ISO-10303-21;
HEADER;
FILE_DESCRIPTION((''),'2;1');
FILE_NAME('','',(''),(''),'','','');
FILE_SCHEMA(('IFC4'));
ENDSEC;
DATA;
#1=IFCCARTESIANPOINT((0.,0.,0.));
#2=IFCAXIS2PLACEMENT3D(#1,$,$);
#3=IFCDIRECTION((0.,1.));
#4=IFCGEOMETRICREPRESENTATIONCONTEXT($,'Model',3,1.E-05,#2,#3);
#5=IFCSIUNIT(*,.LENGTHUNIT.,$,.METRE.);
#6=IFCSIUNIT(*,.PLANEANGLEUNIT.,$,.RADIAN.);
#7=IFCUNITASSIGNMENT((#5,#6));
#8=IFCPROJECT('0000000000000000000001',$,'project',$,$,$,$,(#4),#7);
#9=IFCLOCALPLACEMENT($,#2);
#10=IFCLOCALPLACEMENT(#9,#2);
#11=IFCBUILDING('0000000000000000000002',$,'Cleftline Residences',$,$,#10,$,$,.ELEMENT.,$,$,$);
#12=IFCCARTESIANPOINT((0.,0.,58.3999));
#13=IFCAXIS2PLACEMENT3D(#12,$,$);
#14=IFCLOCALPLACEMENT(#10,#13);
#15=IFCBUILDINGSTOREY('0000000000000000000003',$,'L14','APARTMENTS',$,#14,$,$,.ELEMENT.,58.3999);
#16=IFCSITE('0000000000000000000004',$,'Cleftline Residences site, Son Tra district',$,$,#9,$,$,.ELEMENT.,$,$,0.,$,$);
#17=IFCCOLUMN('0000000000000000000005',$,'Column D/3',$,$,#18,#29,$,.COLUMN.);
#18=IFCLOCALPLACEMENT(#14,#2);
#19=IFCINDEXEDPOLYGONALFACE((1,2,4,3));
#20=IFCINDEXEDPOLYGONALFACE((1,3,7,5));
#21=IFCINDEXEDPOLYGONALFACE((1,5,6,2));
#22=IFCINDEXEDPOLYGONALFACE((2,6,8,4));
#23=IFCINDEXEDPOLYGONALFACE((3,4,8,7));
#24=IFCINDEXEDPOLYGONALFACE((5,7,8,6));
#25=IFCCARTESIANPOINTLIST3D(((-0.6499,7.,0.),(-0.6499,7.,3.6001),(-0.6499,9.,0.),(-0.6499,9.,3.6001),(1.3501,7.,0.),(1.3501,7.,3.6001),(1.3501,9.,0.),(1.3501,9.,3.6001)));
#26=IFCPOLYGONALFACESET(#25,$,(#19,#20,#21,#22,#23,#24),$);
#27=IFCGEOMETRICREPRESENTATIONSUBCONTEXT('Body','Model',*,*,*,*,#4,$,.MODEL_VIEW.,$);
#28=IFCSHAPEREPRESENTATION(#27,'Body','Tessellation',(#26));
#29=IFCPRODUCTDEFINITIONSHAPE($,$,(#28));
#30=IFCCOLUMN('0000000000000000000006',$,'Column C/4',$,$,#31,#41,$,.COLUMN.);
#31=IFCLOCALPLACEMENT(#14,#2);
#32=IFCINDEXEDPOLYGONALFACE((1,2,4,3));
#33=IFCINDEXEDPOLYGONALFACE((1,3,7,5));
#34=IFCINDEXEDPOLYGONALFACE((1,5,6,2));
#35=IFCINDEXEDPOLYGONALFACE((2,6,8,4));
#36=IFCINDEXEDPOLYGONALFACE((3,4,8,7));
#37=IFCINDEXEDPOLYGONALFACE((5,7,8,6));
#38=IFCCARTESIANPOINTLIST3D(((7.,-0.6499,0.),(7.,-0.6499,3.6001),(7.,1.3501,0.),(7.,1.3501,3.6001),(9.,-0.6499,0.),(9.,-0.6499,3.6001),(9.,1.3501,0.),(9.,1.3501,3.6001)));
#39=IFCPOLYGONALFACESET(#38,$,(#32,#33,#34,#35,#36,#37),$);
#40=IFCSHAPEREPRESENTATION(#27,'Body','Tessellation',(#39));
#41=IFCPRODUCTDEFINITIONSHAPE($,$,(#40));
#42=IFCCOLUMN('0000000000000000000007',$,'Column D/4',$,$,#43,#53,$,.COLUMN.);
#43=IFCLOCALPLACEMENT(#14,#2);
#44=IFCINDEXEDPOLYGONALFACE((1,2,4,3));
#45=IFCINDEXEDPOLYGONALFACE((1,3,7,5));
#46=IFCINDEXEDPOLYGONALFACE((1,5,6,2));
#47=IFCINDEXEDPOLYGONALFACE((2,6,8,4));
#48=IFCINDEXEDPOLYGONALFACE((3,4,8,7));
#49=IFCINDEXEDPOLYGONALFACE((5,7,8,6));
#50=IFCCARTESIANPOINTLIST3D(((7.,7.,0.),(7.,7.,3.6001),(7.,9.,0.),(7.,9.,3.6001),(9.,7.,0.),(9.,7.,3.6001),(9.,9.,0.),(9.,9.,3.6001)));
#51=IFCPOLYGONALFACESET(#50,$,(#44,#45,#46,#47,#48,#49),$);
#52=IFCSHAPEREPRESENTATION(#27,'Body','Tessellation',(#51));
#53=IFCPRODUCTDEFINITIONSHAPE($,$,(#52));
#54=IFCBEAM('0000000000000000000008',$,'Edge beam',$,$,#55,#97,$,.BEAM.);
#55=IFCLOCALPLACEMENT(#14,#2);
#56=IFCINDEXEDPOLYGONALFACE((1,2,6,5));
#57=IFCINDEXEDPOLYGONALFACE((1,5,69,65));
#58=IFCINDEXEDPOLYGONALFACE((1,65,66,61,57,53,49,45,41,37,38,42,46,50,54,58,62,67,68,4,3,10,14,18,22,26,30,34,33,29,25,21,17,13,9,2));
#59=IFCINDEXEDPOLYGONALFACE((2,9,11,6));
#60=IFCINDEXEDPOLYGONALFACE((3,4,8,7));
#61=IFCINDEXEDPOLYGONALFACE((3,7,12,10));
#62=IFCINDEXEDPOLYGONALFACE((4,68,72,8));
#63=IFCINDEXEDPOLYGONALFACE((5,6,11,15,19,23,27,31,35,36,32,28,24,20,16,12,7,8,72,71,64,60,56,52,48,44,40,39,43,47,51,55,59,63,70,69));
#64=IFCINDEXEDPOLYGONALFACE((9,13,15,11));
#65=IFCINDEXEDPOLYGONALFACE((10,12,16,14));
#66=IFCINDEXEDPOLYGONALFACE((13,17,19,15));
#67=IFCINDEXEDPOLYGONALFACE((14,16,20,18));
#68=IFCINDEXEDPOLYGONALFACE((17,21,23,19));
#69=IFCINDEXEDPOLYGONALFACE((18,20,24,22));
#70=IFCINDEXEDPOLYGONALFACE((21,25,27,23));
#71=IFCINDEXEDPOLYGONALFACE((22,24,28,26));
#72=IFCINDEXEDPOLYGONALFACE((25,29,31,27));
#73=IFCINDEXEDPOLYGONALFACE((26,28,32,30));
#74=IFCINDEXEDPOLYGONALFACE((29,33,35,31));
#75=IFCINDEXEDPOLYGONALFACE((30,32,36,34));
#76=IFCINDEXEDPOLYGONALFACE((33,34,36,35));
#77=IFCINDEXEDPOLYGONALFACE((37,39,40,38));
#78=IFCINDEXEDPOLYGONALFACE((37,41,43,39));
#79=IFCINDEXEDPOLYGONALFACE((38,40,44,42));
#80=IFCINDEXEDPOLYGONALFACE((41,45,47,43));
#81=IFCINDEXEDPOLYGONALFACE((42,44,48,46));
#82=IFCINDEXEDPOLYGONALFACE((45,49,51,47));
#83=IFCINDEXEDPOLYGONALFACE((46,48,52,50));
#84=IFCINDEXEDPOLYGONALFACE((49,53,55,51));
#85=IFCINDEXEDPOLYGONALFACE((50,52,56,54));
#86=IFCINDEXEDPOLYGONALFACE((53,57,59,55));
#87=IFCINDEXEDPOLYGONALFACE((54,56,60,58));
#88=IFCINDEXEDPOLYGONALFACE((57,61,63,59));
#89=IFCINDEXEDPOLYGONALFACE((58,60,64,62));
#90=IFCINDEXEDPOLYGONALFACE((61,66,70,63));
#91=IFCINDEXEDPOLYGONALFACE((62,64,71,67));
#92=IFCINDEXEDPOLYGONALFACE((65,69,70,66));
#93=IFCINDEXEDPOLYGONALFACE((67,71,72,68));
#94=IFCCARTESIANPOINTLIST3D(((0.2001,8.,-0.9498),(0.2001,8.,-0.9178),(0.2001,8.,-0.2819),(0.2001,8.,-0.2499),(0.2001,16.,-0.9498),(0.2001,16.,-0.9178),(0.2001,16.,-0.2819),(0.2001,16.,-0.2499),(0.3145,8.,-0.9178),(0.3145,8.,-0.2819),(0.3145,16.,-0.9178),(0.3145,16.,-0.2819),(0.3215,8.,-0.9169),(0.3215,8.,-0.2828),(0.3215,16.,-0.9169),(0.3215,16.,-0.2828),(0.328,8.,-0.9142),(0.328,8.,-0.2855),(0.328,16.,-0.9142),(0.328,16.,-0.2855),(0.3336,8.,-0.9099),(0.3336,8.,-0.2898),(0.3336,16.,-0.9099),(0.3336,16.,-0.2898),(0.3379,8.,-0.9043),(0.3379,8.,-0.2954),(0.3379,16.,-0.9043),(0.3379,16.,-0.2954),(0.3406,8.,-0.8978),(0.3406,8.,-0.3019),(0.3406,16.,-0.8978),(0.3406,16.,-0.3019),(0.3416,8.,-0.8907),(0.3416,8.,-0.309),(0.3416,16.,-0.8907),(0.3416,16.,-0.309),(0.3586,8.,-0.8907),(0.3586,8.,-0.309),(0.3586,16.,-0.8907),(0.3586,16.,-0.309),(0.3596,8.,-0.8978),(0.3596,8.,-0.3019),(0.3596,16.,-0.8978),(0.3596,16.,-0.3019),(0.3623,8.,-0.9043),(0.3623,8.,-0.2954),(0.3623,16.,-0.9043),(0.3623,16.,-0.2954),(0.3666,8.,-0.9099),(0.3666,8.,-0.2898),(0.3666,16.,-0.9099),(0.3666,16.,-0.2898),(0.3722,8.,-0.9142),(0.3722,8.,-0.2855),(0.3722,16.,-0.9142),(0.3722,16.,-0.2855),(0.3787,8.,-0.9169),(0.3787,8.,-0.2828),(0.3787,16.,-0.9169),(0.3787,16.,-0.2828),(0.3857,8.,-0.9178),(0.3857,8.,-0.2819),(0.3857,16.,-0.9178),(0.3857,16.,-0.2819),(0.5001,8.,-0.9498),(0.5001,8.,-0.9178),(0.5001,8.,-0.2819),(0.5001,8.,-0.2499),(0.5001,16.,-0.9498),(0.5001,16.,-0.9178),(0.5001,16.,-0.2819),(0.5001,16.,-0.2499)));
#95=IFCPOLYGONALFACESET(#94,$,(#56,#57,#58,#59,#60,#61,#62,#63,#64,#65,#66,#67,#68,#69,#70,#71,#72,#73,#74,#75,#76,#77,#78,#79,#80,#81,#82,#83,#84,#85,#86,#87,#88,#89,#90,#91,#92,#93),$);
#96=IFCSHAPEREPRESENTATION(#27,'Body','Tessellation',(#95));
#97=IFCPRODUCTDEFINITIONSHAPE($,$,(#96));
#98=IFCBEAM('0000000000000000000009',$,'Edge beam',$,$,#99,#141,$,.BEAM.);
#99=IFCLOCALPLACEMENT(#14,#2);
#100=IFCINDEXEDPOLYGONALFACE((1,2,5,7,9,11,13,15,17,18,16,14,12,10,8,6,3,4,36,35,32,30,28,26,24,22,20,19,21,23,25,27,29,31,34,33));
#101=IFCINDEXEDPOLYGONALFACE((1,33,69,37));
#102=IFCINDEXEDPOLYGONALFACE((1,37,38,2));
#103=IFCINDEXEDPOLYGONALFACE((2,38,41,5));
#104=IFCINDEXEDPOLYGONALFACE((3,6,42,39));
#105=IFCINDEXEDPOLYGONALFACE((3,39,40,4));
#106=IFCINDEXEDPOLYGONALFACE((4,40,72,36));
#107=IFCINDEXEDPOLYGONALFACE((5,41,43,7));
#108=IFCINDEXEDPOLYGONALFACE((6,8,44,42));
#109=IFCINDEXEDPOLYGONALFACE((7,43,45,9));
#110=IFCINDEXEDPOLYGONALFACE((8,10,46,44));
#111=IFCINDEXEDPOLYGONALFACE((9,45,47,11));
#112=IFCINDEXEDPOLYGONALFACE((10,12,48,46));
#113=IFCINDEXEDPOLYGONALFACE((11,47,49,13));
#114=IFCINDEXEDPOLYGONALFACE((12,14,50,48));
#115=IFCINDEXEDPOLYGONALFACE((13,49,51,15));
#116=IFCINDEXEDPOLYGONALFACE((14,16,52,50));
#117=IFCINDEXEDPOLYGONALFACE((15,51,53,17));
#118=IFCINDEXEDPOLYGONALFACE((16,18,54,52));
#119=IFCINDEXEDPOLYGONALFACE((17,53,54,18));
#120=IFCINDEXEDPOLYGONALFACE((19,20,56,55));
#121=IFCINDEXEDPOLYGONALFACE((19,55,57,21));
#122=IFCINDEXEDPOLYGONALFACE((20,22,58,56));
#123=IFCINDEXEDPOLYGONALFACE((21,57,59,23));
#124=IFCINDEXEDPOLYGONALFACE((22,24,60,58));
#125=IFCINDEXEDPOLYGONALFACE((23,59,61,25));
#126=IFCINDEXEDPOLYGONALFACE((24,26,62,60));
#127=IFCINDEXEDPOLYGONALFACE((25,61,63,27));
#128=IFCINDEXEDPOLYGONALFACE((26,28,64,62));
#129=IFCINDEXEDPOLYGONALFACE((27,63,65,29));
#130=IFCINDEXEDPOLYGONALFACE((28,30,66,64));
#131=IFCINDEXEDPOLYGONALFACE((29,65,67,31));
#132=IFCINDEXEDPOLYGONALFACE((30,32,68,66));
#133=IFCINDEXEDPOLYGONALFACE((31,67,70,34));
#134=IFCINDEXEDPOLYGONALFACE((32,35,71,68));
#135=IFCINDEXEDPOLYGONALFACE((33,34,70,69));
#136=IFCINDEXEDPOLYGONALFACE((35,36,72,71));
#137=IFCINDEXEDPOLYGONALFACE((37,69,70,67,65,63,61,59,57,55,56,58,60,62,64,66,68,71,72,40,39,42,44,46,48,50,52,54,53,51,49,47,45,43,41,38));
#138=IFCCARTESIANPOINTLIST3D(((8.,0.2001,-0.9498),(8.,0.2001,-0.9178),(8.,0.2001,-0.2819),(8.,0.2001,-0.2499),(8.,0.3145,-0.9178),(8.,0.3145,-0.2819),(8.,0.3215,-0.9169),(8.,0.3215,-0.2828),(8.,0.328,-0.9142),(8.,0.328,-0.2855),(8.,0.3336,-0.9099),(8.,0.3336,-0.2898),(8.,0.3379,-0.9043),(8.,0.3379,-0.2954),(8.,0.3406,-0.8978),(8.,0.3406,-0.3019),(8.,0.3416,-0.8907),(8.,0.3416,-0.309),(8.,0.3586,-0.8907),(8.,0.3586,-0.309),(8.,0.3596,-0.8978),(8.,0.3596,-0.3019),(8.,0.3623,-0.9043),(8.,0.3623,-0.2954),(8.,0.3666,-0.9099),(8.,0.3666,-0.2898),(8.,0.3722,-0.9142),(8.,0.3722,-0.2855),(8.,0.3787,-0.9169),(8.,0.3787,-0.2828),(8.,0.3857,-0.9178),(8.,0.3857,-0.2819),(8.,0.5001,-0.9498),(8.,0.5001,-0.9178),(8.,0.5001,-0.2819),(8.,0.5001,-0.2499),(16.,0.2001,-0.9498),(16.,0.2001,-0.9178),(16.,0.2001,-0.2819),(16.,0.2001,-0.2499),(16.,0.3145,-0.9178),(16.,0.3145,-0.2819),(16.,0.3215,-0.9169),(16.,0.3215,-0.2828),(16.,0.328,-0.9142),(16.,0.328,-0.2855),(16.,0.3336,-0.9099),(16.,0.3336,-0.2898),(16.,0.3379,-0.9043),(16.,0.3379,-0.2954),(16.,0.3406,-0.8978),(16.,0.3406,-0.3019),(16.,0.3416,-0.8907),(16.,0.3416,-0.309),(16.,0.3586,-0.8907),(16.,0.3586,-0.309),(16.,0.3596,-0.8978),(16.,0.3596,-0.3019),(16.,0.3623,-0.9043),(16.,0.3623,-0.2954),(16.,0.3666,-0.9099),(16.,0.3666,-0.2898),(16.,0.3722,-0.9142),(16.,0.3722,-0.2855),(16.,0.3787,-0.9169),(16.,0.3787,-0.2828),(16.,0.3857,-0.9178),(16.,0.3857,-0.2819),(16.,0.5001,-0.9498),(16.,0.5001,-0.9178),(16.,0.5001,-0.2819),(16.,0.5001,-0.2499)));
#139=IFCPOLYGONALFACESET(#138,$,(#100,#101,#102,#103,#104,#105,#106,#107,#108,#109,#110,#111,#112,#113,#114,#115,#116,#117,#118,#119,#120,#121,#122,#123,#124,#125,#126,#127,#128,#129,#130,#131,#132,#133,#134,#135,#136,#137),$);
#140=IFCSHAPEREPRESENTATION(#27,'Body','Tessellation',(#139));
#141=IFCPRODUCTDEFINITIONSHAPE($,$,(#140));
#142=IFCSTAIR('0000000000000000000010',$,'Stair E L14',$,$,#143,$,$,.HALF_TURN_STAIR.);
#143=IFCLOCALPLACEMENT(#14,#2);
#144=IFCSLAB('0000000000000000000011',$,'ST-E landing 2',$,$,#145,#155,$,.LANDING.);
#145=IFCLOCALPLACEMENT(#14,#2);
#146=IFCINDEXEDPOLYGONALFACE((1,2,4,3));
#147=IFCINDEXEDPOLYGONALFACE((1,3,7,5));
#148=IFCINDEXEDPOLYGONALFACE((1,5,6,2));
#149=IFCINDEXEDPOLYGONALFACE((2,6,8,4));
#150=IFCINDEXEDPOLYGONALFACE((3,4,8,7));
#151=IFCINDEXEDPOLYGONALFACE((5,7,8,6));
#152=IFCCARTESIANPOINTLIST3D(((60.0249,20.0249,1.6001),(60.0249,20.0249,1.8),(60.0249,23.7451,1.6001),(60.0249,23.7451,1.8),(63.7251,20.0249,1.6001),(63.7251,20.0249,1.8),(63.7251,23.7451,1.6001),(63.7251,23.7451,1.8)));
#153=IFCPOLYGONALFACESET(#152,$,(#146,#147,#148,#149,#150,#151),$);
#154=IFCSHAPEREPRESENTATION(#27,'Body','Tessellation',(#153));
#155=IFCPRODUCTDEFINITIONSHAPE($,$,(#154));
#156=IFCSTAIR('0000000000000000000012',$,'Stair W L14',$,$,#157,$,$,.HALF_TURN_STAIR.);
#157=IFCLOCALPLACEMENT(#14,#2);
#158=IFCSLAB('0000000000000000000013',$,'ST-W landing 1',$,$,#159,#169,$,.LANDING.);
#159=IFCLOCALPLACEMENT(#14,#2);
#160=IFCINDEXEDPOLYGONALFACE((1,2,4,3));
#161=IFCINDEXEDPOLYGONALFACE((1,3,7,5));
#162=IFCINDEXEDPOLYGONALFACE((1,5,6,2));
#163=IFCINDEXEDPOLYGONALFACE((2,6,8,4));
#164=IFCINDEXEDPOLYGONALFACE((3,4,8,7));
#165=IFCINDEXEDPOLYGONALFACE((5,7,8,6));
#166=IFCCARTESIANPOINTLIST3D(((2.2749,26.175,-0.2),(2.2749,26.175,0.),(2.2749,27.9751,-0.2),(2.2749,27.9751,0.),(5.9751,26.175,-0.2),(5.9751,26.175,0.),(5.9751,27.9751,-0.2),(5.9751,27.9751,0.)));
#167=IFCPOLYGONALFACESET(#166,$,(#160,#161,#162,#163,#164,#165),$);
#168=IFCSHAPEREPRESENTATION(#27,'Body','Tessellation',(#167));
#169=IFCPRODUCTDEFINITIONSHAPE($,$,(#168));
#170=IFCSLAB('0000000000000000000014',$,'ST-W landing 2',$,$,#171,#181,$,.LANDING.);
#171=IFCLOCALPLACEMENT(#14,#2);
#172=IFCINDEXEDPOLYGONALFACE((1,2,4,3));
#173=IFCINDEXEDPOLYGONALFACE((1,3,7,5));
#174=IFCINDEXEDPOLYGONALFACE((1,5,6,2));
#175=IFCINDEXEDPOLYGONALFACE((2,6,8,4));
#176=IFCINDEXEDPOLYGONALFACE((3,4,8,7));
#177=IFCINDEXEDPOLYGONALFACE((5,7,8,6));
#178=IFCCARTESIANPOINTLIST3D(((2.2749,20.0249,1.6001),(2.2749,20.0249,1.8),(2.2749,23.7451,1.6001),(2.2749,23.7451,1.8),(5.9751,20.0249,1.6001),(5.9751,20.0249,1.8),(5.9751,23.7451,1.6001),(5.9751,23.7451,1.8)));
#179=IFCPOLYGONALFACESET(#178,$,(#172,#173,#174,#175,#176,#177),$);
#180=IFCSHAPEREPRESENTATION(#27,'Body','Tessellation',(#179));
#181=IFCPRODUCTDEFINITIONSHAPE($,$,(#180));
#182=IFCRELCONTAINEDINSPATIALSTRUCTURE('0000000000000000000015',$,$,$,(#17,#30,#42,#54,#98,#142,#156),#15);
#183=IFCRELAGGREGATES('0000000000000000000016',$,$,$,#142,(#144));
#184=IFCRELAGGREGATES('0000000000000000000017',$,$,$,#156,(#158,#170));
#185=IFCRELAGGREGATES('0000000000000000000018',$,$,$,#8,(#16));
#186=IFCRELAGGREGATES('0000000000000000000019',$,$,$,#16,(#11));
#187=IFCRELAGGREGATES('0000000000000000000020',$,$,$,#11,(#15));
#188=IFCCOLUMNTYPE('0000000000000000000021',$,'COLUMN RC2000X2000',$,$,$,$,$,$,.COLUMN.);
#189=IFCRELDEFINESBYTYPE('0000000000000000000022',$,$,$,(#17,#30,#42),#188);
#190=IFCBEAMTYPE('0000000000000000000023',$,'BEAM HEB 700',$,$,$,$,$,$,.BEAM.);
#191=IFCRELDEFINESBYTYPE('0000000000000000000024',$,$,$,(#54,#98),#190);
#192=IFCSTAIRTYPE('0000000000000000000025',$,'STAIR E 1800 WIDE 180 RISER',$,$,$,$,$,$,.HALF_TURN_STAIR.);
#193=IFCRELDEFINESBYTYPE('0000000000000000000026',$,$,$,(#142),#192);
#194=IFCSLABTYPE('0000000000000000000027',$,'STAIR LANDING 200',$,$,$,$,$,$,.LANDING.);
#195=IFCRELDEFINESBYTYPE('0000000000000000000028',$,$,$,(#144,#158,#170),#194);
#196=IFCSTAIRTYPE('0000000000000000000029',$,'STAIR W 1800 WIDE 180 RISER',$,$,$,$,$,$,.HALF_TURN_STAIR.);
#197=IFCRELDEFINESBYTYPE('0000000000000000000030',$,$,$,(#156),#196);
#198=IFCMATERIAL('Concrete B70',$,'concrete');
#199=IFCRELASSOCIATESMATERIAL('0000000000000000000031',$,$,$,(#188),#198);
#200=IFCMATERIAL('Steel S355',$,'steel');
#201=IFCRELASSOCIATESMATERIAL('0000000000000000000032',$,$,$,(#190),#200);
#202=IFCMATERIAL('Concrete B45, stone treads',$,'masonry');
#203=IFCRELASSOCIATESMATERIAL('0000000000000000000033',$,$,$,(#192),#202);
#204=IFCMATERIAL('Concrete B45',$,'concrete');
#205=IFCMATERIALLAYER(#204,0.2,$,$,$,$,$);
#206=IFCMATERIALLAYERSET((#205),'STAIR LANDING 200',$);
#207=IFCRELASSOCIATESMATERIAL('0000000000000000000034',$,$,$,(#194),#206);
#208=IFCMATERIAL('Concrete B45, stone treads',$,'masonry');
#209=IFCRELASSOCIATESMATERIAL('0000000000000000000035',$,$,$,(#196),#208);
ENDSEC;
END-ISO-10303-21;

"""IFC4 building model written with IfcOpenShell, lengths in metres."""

from ifc_helpers import new_model, si_unit, direction, frame, origin, origin_2d, place, context, subcontext, project, spatial, polyline, rectangle, i_section, outline, extrude, material, layer, layer_set, material_profile, profile_set, type_object, element, aggregate, save


model = new_model("IFC4")

# Units and contexts
model_context = context("Model", 3, precision=1e-05, world=origin(), true_north=direction((0.0, 1.0)))
body_context = subcontext(model_context, "Body", "Model", "MODEL_VIEW")
ifc_project = project(units=[si_unit("LENGTHUNIT", "METRE"), si_unit("PLANEANGLEUNIT", "RADIAN")], contexts=[model_context])

# Site, building, storey
site_placement = place(None, origin())
site = spatial("IfcSite", under=ifc_project, at=site_placement, Name="Cleftline Residences site, Son Tra district", CompositionType="ELEMENT", RefElevation=0.0)
building_placement = place(site_placement, origin())
building = spatial("IfcBuilding", under=site, at=building_placement, Name="Cleftline Residences", CompositionType="ELEMENT")
storey_placement = place(building_placement, frame((0.0, 0.0, 58.3999)))
storey = spatial("IfcBuildingStorey", under=building, at=storey_placement, Name="L14", Description="APARTMENTS", CompositionType="ELEMENT", Elevation=58.3999)

# Columns
ifc_material_1 = material(Name="Concrete B70", Category="concrete")
ifc_material_profile_1 = material_profile(ifc_material_1, rectangle(XDim=2.0, YDim=2.0, at=origin_2d()))
ifc_profile_set_1 = profile_set([ifc_material_profile_1], Name="Concrete B70")
column_type = type_object("IfcColumnType", Name="COLUMN RC2000X2000", PredefinedType="COLUMN", material=ifc_profile_set_1)
for number, where, z_axis, x_axis, name in (
    (1, (0.3501, 8.0, 0.0), (0.0, 0.0, 1.0), (1.0, 0.0, 0.0), "Column D/3"),
    (2, (8.0, 0.3501, 0.0), (0.0, 0.0, 1.0), (1.0, 0.0, 0.0), "Column C/4"),
    (3, (8.0, 8.0, 0.0), (0.0, 0.0, 1.0), (1.0, 0.0, 0.0), "Column D/4"),
):
    element("IfcColumn", number, at=place(storey_placement, frame(where, z_axis=z_axis, x_axis=x_axis)), inside=storey, type_object=column_type, Name=name, PredefinedType="COLUMN", context=body_context, shape_type="SweptSolid", body=[
        extrude(rectangle(XDim=2.0, YDim=2.0, at=origin_2d()), origin(), (0.0, 0.0, 1.0), 3.6001),
    ])

# Beams
ifc_material_2 = material(Name="Steel S355", Category="steel")
ifc_material_profile_2 = material_profile(ifc_material_2, i_section(OverallWidth=0.3, OverallDepth=0.7, WebThickness=0.0171, FlangeThickness=0.032, FilletRadius=0.0271, at=origin_2d()))
ifc_profile_set_2 = profile_set([ifc_material_profile_2], Name="Steel S355")
beam_type = type_object("IfcBeamType", Name="BEAM HEB 700", PredefinedType="BEAM", material=ifc_profile_set_2)
for number, where, z_axis, x_axis, name in (
    (4, (0.3501, 8.0, -0.5999), (0.0, 1.0, 0.0), (-1.0, 0.0, 0.0), "Edge beam"),
    (5, (8.0, 0.3501, -0.5999), (1.0, 0.0, 0.0), (0.0, 1.0, 0.0), "Edge beam"),
):
    element("IfcBeam", number, at=place(storey_placement, frame(where, z_axis=z_axis, x_axis=x_axis)), inside=storey, type_object=beam_type, Name=name, PredefinedType="BEAM", context=body_context, shape_type="SweptSolid", body=[
        extrude(i_section(OverallWidth=0.3, OverallDepth=0.7, WebThickness=0.0171, FlangeThickness=0.032, FilletRadius=0.0271, at=origin_2d()), origin(), (0.0, 0.0, 1.0), 8.0),
    ])

# Stair, slab
ifc_material_3 = material(Name="Concrete B45, stone treads", Category="masonry")
stair_type_1 = type_object("IfcStairType", Name="STAIR E 1800 WIDE 180 RISER", PredefinedType="HALF_TURN_STAIR", material=ifc_material_3)
stair_1_placement = place(storey_placement, origin())
stair_1 = element("IfcStair", 6, at=stair_1_placement, inside=storey, type_object=stair_type_1, Name="Stair E L14", PredefinedType="HALF_TURN_STAIR")
ifc_material_4 = material(Name="Concrete B45", Category="concrete")
ifc_layer_1 = layer(ifc_material_4, 0.2)
ifc_layer_set_1 = layer_set([ifc_layer_1], Name="STAIR LANDING 200")
slab_type = type_object("IfcSlabType", Name="STAIR LANDING 200", PredefinedType="LANDING", material=ifc_layer_set_1)
slab_1_placement = place(storey_placement, frame((0.0, 0.0, 1.6001)))
slab_1 = element("IfcSlab", 7, at=slab_1_placement, type_object=slab_type, Name="ST-E landing 2", PredefinedType="LANDING", context=body_context, shape_type="SweptSolid", body=[
    extrude(outline(polyline([(60.0249, 20.0249), (63.7251, 20.0249), (63.7251, 23.7451), (60.0249, 23.7451), (60.0249, 20.0249)])), origin(), (0.0, 0.0, 1.0), 0.2),
])
aggregate(stair_1, [slab_1])

# Stair, slabs
ifc_material_5 = material(Name="Concrete B45, stone treads", Category="masonry")
stair_type_2 = type_object("IfcStairType", Name="STAIR W 1800 WIDE 180 RISER", PredefinedType="HALF_TURN_STAIR", material=ifc_material_5)
stair_2_placement = place(storey_placement, origin())
stair_2 = element("IfcStair", 8, at=stair_2_placement, inside=storey, type_object=stair_type_2, Name="Stair W L14", PredefinedType="HALF_TURN_STAIR")
slab_2_placement = place(storey_placement, frame((0.0, 0.0, -0.2)))
slab_2 = element("IfcSlab", 9, at=slab_2_placement, type_object=slab_type, Name="ST-W landing 1", PredefinedType="LANDING", context=body_context, shape_type="SweptSolid", body=[
    extrude(outline(polyline([(2.2749, 26.175), (5.9751, 26.175), (5.9751, 27.9751), (2.2749, 27.9751), (2.2749, 26.175)])), origin(), (0.0, 0.0, 1.0), 0.2),
])
slab_3_placement = place(storey_placement, frame((0.0, 0.0, 1.6001)))
slab_3 = element("IfcSlab", 10, at=slab_3_placement, type_object=slab_type, Name="ST-W landing 2", PredefinedType="LANDING", context=body_context, shape_type="SweptSolid", body=[
    extrude(outline(polyline([(2.2749, 20.0249), (5.9751, 20.0249), (5.9751, 23.7451), (2.2749, 23.7451), (2.2749, 20.0249)])), origin(), (0.0, 0.0, 1.0), 0.2),
])
aggregate(stair_2, [slab_2, slab_3])

save(model, "model.ifc")
